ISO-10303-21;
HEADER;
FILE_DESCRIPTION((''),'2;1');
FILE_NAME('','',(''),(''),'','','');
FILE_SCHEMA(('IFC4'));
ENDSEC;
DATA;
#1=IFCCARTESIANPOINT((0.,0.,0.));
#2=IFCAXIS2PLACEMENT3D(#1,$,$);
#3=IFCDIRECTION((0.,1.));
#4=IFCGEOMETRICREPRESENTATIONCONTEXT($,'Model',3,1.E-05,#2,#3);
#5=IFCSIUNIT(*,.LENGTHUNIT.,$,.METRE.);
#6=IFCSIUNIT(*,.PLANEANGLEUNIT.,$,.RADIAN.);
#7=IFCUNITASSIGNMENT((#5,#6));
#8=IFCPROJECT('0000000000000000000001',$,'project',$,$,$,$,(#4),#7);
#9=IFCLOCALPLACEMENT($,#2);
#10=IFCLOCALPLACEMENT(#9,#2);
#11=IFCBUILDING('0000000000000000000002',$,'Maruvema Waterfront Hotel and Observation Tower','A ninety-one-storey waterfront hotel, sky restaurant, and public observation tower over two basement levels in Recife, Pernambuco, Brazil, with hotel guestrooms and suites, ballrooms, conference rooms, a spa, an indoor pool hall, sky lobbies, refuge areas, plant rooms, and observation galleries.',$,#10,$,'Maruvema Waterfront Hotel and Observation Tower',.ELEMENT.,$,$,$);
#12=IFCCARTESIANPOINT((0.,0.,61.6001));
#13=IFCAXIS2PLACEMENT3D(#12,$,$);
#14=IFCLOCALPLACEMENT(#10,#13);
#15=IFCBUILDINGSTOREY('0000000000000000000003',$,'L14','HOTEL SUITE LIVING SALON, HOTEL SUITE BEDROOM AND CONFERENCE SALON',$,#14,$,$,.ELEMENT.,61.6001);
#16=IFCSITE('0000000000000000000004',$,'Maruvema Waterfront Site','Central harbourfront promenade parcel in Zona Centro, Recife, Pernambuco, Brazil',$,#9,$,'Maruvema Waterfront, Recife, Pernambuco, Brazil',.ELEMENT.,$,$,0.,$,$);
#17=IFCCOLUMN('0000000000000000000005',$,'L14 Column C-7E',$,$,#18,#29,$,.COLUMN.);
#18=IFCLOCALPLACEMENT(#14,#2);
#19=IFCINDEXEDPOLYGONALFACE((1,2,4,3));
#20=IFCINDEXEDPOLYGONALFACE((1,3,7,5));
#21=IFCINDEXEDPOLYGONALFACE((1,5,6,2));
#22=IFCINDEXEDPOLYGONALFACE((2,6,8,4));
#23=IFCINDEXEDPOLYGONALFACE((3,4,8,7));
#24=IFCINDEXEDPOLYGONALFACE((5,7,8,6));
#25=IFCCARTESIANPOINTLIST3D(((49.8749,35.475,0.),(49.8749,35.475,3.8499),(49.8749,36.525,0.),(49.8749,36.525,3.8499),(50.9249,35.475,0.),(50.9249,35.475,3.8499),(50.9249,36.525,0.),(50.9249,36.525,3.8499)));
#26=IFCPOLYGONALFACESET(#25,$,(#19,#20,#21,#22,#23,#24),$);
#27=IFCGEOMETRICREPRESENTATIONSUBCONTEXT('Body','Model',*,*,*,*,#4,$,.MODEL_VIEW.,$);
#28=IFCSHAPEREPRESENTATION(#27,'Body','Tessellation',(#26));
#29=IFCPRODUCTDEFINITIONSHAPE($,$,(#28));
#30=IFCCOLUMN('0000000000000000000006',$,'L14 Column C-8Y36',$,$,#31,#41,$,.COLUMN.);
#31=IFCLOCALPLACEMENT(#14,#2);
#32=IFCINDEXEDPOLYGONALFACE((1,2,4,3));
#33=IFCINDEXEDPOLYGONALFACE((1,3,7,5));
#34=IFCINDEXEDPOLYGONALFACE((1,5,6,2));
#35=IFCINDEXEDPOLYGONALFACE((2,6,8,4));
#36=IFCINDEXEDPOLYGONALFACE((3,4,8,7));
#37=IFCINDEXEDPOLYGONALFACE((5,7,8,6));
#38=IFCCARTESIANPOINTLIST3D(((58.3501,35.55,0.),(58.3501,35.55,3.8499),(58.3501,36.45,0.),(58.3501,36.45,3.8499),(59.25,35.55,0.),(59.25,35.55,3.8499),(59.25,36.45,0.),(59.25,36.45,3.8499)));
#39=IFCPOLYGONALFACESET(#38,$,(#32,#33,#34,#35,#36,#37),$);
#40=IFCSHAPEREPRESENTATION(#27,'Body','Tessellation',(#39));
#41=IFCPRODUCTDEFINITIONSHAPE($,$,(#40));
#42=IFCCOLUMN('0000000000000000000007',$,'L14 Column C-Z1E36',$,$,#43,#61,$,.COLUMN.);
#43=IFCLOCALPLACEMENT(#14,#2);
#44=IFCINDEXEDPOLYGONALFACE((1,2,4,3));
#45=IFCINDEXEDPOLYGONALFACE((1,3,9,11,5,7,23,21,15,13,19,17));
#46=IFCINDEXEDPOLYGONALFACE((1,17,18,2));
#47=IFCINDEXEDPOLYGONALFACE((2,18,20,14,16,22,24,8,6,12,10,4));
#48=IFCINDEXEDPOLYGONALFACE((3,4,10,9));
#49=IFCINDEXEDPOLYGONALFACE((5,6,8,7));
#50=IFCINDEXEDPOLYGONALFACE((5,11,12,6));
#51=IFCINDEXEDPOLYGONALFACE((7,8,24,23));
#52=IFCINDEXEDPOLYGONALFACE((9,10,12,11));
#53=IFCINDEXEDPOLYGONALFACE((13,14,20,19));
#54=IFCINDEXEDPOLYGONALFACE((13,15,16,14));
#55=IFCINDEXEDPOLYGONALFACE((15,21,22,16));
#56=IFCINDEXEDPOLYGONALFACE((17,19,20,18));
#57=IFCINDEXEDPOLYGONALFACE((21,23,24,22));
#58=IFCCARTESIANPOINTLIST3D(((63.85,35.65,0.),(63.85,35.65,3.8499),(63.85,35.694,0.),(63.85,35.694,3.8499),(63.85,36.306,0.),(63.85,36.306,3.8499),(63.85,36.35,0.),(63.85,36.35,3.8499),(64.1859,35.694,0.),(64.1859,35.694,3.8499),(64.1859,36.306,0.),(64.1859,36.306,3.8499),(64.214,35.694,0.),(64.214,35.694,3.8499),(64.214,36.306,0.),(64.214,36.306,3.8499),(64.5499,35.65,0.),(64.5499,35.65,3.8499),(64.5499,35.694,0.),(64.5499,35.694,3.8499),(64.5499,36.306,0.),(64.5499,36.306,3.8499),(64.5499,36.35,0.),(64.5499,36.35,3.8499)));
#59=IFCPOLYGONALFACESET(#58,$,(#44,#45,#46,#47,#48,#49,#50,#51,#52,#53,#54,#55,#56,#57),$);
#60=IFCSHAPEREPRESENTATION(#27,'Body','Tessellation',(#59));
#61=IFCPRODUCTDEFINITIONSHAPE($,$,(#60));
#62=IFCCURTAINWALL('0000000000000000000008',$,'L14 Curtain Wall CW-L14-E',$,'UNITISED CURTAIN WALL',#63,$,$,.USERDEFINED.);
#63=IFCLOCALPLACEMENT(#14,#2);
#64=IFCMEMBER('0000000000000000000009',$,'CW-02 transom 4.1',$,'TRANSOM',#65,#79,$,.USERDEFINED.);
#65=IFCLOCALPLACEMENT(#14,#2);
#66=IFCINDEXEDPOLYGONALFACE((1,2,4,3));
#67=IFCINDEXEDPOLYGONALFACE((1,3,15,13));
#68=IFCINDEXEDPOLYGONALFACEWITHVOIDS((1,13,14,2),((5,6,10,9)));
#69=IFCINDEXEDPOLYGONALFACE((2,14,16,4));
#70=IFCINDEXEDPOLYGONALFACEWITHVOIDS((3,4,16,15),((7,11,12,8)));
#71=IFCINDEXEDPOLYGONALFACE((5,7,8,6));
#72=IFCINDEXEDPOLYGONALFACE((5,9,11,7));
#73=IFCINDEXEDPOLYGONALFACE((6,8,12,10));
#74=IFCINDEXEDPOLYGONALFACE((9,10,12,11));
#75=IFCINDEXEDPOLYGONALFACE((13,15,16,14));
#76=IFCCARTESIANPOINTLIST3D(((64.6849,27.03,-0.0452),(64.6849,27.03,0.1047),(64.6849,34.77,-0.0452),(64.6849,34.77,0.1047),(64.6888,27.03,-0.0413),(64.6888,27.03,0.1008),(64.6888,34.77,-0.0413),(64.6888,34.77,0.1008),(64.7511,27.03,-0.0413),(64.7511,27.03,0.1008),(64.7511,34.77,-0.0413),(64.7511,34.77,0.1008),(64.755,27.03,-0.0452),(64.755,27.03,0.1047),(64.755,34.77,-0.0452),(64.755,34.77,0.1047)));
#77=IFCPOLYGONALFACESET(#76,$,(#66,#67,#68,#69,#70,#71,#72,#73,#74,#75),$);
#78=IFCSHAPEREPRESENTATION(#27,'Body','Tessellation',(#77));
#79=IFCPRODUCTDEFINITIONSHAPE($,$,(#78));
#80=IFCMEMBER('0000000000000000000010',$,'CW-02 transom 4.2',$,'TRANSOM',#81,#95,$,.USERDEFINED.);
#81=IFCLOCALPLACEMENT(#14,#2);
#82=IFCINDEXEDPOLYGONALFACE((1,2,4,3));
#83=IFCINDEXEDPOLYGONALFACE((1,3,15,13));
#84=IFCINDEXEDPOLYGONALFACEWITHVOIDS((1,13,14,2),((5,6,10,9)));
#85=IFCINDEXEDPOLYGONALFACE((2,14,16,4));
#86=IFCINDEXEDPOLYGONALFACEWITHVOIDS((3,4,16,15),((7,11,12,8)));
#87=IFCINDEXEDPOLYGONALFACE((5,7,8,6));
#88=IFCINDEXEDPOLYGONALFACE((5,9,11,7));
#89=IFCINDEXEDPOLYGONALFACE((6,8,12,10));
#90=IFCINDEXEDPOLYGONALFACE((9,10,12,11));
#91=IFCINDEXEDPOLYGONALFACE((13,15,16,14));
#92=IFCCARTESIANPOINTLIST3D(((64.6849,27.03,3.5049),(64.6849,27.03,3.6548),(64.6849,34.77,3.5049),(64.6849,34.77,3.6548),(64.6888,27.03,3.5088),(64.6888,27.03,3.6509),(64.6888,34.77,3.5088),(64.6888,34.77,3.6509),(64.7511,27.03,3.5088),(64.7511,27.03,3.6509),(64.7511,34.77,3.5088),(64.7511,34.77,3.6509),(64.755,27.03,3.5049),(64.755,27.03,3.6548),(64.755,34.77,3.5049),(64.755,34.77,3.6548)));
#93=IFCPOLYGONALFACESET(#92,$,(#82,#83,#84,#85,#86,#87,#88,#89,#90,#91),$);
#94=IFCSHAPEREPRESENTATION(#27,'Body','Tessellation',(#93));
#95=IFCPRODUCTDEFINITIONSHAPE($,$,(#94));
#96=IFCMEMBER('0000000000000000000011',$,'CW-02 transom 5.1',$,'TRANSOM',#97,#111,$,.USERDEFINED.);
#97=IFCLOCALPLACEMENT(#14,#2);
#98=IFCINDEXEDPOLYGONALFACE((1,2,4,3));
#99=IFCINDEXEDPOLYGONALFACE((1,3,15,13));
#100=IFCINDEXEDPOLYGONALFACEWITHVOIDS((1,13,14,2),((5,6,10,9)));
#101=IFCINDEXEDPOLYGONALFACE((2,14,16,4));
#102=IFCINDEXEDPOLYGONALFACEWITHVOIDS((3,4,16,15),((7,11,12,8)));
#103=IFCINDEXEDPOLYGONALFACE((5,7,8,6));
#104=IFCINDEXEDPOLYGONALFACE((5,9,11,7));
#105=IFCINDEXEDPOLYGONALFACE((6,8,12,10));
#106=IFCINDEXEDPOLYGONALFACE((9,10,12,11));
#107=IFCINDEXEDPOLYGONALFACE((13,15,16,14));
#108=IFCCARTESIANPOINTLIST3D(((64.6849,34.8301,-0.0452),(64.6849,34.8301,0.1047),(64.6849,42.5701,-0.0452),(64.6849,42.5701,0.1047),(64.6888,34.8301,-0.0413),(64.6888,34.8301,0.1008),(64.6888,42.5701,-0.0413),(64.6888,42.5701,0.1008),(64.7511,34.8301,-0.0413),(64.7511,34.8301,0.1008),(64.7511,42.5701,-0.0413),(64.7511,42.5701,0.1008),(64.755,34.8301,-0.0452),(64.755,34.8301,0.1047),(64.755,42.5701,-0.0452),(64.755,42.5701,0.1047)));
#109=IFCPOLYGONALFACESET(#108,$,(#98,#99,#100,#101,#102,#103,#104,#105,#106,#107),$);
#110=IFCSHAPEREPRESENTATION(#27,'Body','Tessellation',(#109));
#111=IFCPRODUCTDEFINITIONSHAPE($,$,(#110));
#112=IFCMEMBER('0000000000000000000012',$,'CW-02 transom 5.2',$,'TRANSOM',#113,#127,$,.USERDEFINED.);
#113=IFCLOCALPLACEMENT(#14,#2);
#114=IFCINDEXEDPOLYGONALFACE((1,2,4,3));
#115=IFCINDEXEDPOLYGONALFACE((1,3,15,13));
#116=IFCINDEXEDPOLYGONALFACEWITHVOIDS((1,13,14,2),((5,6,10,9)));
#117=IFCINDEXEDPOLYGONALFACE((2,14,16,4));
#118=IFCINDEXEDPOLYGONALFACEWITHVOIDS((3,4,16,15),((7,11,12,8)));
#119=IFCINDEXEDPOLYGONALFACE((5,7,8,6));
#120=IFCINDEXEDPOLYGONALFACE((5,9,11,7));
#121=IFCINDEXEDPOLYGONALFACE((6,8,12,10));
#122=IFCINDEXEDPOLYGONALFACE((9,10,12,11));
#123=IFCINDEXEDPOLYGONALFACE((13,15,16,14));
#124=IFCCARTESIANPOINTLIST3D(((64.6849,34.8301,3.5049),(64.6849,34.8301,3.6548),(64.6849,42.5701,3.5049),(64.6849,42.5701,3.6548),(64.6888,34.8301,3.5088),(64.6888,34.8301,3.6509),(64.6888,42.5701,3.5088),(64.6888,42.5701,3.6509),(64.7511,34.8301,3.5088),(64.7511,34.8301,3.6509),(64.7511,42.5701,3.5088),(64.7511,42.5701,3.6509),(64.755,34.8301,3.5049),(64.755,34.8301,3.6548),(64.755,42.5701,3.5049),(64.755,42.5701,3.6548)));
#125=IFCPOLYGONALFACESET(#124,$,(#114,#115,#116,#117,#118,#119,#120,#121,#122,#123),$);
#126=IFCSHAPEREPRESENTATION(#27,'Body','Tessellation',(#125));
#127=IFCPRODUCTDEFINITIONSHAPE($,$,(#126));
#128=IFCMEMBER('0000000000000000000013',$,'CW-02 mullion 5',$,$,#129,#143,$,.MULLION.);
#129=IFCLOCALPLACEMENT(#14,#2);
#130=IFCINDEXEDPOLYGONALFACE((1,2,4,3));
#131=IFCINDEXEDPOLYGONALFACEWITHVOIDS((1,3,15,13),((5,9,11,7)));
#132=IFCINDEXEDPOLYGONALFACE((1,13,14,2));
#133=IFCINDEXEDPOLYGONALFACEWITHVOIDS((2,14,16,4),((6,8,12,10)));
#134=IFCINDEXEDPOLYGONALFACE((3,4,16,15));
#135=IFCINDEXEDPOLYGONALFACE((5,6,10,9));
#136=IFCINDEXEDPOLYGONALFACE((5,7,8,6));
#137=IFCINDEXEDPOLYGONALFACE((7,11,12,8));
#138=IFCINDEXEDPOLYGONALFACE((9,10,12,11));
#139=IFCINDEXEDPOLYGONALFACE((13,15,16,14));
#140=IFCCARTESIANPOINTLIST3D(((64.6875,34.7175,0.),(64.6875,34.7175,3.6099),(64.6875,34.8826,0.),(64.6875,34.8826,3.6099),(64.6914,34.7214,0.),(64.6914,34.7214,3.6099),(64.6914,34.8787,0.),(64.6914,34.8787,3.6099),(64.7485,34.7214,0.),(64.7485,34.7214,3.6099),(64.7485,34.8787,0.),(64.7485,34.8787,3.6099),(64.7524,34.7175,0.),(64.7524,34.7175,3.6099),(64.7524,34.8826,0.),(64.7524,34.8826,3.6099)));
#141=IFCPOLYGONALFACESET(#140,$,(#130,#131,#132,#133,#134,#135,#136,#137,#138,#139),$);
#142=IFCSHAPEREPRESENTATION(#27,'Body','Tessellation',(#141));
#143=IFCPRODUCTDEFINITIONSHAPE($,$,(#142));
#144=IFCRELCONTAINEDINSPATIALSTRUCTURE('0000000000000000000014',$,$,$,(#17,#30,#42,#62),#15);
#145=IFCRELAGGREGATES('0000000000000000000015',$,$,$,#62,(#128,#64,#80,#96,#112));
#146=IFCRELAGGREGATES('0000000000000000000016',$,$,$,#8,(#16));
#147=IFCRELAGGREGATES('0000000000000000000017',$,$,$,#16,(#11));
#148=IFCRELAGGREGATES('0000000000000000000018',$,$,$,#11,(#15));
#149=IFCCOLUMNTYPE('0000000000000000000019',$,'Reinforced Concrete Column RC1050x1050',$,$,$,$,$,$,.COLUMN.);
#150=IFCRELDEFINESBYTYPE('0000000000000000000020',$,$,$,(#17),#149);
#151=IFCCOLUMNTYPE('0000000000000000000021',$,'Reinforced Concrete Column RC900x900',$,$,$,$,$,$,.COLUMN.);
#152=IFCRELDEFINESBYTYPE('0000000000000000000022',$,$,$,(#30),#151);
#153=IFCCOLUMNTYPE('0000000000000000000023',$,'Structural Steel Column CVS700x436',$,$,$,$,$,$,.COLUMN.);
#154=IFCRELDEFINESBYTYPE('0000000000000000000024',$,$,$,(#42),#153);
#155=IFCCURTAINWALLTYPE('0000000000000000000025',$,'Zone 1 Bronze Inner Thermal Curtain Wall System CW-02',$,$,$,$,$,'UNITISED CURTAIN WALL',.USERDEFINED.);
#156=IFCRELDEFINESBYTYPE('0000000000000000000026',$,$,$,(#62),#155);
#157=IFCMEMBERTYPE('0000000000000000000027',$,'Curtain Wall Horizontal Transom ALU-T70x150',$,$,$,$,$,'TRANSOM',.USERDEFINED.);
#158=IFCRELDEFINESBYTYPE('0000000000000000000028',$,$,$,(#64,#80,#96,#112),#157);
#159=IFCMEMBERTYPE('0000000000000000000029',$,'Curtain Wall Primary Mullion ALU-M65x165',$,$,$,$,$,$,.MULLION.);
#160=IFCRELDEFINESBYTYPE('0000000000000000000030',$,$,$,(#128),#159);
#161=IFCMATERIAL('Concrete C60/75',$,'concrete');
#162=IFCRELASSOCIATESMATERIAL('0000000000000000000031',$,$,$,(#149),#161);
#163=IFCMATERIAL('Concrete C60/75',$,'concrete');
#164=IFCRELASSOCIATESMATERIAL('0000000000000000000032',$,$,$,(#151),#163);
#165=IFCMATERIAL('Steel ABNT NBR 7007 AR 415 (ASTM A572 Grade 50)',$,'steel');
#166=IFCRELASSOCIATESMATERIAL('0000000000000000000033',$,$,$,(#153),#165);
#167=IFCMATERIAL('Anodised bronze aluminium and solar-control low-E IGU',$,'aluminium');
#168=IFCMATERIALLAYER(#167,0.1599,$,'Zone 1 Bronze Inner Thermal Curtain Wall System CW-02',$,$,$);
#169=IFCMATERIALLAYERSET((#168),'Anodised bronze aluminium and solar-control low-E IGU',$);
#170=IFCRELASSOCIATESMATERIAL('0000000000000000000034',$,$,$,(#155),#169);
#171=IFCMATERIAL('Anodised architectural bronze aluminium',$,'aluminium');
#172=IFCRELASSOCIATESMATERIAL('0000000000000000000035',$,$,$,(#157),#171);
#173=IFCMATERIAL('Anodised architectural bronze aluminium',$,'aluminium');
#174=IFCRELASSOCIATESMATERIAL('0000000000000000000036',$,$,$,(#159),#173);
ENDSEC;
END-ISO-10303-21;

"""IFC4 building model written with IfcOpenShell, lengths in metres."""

from ifc_helpers import new_model, si_unit, direction, frame, origin, origin_2d, place, context, subcontext, project, spatial, rectangle, hollow_rectangle, i_section, extrude, material, layer, layer_set, material_profile, profile_set, type_object, element, aggregate, save


model = new_model("IFC4")

# Units and contexts
model_context = context("Model", 3, precision=1e-05, world=origin(), true_north=direction((0.0, 1.0)))
body_context = subcontext(model_context, "Body", "Model", "MODEL_VIEW")
ifc_project = project(units=[si_unit("LENGTHUNIT", "METRE"), si_unit("PLANEANGLEUNIT", "RADIAN")], contexts=[model_context])

# Site, building, storey
site_placement = place(None, origin())
site = spatial("IfcSite", under=ifc_project, at=site_placement, Name="Maruvema Waterfront Site", Description="Central harbourfront promenade parcel in Zona Centro, Recife, Pernambuco, Brazil", LongName="Maruvema Waterfront, Recife, Pernambuco, Brazil", CompositionType="ELEMENT", RefElevation=0.0)
building_placement = place(site_placement, origin())
building = spatial("IfcBuilding", under=site, at=building_placement, Name="Maruvema Waterfront Hotel and Observation Tower", Description="A ninety-one-storey waterfront hotel, sky restaurant, and public observation tower over two basement levels in Recife, Pernambuco, Brazil, with hotel guestrooms and suites, ballrooms, conference rooms, a spa, an indoor pool hall, sky lobbies, refuge areas, plant rooms, and observation galleries.", LongName="Maruvema Waterfront Hotel and Observation Tower", CompositionType="ELEMENT")
storey_placement = place(building_placement, frame((0.0, 0.0, 61.6001)))
storey = spatial("IfcBuildingStorey", under=building, at=storey_placement, Name="L14", Description="HOTEL SUITE LIVING SALON, HOTEL SUITE BEDROOM AND CONFERENCE SALON", CompositionType="ELEMENT", Elevation=61.6001)

# Columns
ifc_material_1 = material(Name="Concrete C60/75", Category="concrete")
ifc_material_profile_1 = material_profile(ifc_material_1, rectangle(XDim=1.05, YDim=1.05, at=origin_2d()), Name="RC1050x1050")
ifc_profile_set_1 = profile_set([ifc_material_profile_1], Name="Concrete C60/75")
column_type_1 = type_object("IfcColumnType", Name="Reinforced Concrete Column RC1050x1050", PredefinedType="COLUMN", material=ifc_profile_set_1)
column_1_placement = place(storey_placement, frame((50.3999, 36.0, 0.0), z_axis=(0.0, 0.0, 1.0), x_axis=(1.0, 0.0, 0.0)))
element("IfcColumn", 1, at=column_1_placement, inside=storey, type_object=column_type_1, Name="L14 Column C-7E", PredefinedType="COLUMN", context=body_context, shape_type="SweptSolid", body=[
    extrude(rectangle(XDim=1.05, YDim=1.05, at=origin_2d()), origin(), (0.0, 0.0, 1.0), 3.8499),
])
ifc_material_2 = material(Name="Concrete C60/75", Category="concrete")
ifc_material_profile_2 = material_profile(ifc_material_2, rectangle(XDim=0.8999, YDim=0.8999, at=origin_2d()), Name="RC900x900")
ifc_profile_set_2 = profile_set([ifc_material_profile_2], Name="Concrete C60/75")
column_type_2 = type_object("IfcColumnType", Name="Reinforced Concrete Column RC900x900", PredefinedType="COLUMN", material=ifc_profile_set_2)
column_2_placement = place(storey_placement, frame((58.8, 36.0, 0.0), z_axis=(0.0, 0.0, 1.0), x_axis=(1.0, 0.0, 0.0)))
element("IfcColumn", 2, at=column_2_placement, inside=storey, type_object=column_type_2, Name="L14 Column C-8Y36", PredefinedType="COLUMN", context=body_context, shape_type="SweptSolid", body=[
    extrude(rectangle(XDim=0.8999, YDim=0.8999, at=origin_2d()), origin(), (0.0, 0.0, 1.0), 3.8499),
])
ifc_material_3 = material(Name="Steel ABNT NBR 7007 AR 415 (ASTM A572 Grade 50)", Category="steel")
ifc_material_profile_3 = material_profile(ifc_material_3, i_section(OverallWidth=0.7, OverallDepth=0.7, WebThickness=0.0281, FlangeThickness=0.0439, at=origin_2d()), Name="CVS700x436")
ifc_profile_set_3 = profile_set([ifc_material_profile_3], Name="Steel ABNT NBR 7007 AR 415 (ASTM A572 Grade 50)")
column_type_3 = type_object("IfcColumnType", Name="Structural Steel Column CVS700x436", PredefinedType="COLUMN", material=ifc_profile_set_3)
column_3_placement = place(storey_placement, frame((64.2, 36.0, 0.0), z_axis=(0.0, 0.0, 1.0), x_axis=(1.0, 0.0, 0.0)))
element("IfcColumn", 3, at=column_3_placement, inside=storey, type_object=column_type_3, Name="L14 Column C-Z1E36", PredefinedType="COLUMN", context=body_context, shape_type="SweptSolid", body=[
    extrude(i_section(OverallWidth=0.7, OverallDepth=0.7, WebThickness=0.0281, FlangeThickness=0.0439, at=origin_2d()), origin(), (0.0, 0.0, 1.0), 3.8499),
])

# Curtain wall, members
ifc_material_4 = material(Name="Anodised bronze aluminium and solar-control low-E IGU", Category="aluminium")
ifc_layer_1 = layer(ifc_material_4, 0.1599, Name="Zone 1 Bronze Inner Thermal Curtain Wall System CW-02")
ifc_layer_set_1 = layer_set([ifc_layer_1], Name="Anodised bronze aluminium and solar-control low-E IGU")
curtain_wall_type = type_object("IfcCurtainWallType", Name="Zone 1 Bronze Inner Thermal Curtain Wall System CW-02", ElementType="UNITISED CURTAIN WALL", PredefinedType="USERDEFINED", material=ifc_layer_set_1)
curtain_wall_placement = place(storey_placement, origin())
curtain_wall = element("IfcCurtainWall", 4, at=curtain_wall_placement, inside=storey, type_object=curtain_wall_type, Name="L14 Curtain Wall CW-L14-E", ObjectType="UNITISED CURTAIN WALL", PredefinedType="USERDEFINED")
ifc_material_5 = material(Name="Anodised architectural bronze aluminium", Category="aluminium")
ifc_material_profile_4 = material_profile(ifc_material_5, hollow_rectangle(XDim=0.0701, YDim=0.1499, WallThickness=0.0039, at=origin_2d()), Name="ALU-T70x150")
ifc_profile_set_4 = profile_set([ifc_material_profile_4], Name="Anodised architectural bronze aluminium")
member_type_1 = type_object("IfcMemberType", Name="Curtain Wall Horizontal Transom ALU-T70x150", ElementType="TRANSOM", PredefinedType="USERDEFINED", material=ifc_profile_set_4)
member_1_placement = place(storey_placement, frame((64.72, 27.03, 0.0298), z_axis=(0.0, 1.0, 0.0), x_axis=(-1.0, 0.0, 0.0)))
member_1 = element("IfcMember", 5, at=member_1_placement, type_object=member_type_1, Name="CW-02 transom 4.1", ObjectType="TRANSOM", PredefinedType="USERDEFINED", context=body_context, shape_type="SweptSolid", body=[
    extrude(hollow_rectangle(XDim=0.0701, YDim=0.1499, WallThickness=0.0039, at=origin_2d()), origin(), (0.0, 0.0, 1.0), 7.74),
])
member_2_placement = place(storey_placement, frame((64.72, 27.03, 3.5798), z_axis=(0.0, 1.0, 0.0), x_axis=(-1.0, 0.0, 0.0)))
member_2 = element("IfcMember", 6, at=member_2_placement, type_object=member_type_1, Name="CW-02 transom 4.2", ObjectType="TRANSOM", PredefinedType="USERDEFINED", context=body_context, shape_type="SweptSolid", body=[
    extrude(hollow_rectangle(XDim=0.0701, YDim=0.1499, WallThickness=0.0039, at=origin_2d()), origin(), (0.0, 0.0, 1.0), 7.74),
])
member_3_placement = place(storey_placement, frame((64.72, 34.8301, 0.0298), z_axis=(0.0, 1.0, 0.0), x_axis=(-1.0, 0.0, 0.0)))
member_3 = element("IfcMember", 7, at=member_3_placement, type_object=member_type_1, Name="CW-02 transom 5.1", ObjectType="TRANSOM", PredefinedType="USERDEFINED", context=body_context, shape_type="SweptSolid", body=[
    extrude(hollow_rectangle(XDim=0.0701, YDim=0.1499, WallThickness=0.0039, at=origin_2d()), origin(), (0.0, 0.0, 1.0), 7.74),
])
member_4_placement = place(storey_placement, frame((64.72, 34.8301, 3.5798), z_axis=(0.0, 1.0, 0.0), x_axis=(-1.0, 0.0, 0.0)))
member_4 = element("IfcMember", 8, at=member_4_placement, type_object=member_type_1, Name="CW-02 transom 5.2", ObjectType="TRANSOM", PredefinedType="USERDEFINED", context=body_context, shape_type="SweptSolid", body=[
    extrude(hollow_rectangle(XDim=0.0701, YDim=0.1499, WallThickness=0.0039, at=origin_2d()), origin(), (0.0, 0.0, 1.0), 7.74),
])
ifc_material_6 = material(Name="Anodised architectural bronze aluminium", Category="aluminium")
ifc_material_profile_5 = material_profile(ifc_material_6, hollow_rectangle(XDim=0.0649, YDim=0.165, WallThickness=0.0039, at=origin_2d()), Name="ALU-M65x165")
ifc_profile_set_5 = profile_set([ifc_material_profile_5], Name="Anodised architectural bronze aluminium")
member_type_2 = type_object("IfcMemberType", Name="Curtain Wall Primary Mullion ALU-M65x165", PredefinedType="MULLION", material=ifc_profile_set_5)
member_5_placement = place(storey_placement, frame((64.72, 34.8, 0.0), z_axis=(0.0, 0.0, 1.0), x_axis=(-1.0, 0.0, 0.0)))
member_5 = element("IfcMember", 9, at=member_5_placement, type_object=member_type_2, Name="CW-02 mullion 5", PredefinedType="MULLION", context=body_context, shape_type="SweptSolid", body=[
    extrude(hollow_rectangle(XDim=0.0649, YDim=0.165, WallThickness=0.0039, at=origin_2d()), origin(), (0.0, 0.0, 1.0), 3.6099),
])

aggregate(curtain_wall, [member_5, member_1, member_2, member_3, member_4])

save(model, "model.ifc")
